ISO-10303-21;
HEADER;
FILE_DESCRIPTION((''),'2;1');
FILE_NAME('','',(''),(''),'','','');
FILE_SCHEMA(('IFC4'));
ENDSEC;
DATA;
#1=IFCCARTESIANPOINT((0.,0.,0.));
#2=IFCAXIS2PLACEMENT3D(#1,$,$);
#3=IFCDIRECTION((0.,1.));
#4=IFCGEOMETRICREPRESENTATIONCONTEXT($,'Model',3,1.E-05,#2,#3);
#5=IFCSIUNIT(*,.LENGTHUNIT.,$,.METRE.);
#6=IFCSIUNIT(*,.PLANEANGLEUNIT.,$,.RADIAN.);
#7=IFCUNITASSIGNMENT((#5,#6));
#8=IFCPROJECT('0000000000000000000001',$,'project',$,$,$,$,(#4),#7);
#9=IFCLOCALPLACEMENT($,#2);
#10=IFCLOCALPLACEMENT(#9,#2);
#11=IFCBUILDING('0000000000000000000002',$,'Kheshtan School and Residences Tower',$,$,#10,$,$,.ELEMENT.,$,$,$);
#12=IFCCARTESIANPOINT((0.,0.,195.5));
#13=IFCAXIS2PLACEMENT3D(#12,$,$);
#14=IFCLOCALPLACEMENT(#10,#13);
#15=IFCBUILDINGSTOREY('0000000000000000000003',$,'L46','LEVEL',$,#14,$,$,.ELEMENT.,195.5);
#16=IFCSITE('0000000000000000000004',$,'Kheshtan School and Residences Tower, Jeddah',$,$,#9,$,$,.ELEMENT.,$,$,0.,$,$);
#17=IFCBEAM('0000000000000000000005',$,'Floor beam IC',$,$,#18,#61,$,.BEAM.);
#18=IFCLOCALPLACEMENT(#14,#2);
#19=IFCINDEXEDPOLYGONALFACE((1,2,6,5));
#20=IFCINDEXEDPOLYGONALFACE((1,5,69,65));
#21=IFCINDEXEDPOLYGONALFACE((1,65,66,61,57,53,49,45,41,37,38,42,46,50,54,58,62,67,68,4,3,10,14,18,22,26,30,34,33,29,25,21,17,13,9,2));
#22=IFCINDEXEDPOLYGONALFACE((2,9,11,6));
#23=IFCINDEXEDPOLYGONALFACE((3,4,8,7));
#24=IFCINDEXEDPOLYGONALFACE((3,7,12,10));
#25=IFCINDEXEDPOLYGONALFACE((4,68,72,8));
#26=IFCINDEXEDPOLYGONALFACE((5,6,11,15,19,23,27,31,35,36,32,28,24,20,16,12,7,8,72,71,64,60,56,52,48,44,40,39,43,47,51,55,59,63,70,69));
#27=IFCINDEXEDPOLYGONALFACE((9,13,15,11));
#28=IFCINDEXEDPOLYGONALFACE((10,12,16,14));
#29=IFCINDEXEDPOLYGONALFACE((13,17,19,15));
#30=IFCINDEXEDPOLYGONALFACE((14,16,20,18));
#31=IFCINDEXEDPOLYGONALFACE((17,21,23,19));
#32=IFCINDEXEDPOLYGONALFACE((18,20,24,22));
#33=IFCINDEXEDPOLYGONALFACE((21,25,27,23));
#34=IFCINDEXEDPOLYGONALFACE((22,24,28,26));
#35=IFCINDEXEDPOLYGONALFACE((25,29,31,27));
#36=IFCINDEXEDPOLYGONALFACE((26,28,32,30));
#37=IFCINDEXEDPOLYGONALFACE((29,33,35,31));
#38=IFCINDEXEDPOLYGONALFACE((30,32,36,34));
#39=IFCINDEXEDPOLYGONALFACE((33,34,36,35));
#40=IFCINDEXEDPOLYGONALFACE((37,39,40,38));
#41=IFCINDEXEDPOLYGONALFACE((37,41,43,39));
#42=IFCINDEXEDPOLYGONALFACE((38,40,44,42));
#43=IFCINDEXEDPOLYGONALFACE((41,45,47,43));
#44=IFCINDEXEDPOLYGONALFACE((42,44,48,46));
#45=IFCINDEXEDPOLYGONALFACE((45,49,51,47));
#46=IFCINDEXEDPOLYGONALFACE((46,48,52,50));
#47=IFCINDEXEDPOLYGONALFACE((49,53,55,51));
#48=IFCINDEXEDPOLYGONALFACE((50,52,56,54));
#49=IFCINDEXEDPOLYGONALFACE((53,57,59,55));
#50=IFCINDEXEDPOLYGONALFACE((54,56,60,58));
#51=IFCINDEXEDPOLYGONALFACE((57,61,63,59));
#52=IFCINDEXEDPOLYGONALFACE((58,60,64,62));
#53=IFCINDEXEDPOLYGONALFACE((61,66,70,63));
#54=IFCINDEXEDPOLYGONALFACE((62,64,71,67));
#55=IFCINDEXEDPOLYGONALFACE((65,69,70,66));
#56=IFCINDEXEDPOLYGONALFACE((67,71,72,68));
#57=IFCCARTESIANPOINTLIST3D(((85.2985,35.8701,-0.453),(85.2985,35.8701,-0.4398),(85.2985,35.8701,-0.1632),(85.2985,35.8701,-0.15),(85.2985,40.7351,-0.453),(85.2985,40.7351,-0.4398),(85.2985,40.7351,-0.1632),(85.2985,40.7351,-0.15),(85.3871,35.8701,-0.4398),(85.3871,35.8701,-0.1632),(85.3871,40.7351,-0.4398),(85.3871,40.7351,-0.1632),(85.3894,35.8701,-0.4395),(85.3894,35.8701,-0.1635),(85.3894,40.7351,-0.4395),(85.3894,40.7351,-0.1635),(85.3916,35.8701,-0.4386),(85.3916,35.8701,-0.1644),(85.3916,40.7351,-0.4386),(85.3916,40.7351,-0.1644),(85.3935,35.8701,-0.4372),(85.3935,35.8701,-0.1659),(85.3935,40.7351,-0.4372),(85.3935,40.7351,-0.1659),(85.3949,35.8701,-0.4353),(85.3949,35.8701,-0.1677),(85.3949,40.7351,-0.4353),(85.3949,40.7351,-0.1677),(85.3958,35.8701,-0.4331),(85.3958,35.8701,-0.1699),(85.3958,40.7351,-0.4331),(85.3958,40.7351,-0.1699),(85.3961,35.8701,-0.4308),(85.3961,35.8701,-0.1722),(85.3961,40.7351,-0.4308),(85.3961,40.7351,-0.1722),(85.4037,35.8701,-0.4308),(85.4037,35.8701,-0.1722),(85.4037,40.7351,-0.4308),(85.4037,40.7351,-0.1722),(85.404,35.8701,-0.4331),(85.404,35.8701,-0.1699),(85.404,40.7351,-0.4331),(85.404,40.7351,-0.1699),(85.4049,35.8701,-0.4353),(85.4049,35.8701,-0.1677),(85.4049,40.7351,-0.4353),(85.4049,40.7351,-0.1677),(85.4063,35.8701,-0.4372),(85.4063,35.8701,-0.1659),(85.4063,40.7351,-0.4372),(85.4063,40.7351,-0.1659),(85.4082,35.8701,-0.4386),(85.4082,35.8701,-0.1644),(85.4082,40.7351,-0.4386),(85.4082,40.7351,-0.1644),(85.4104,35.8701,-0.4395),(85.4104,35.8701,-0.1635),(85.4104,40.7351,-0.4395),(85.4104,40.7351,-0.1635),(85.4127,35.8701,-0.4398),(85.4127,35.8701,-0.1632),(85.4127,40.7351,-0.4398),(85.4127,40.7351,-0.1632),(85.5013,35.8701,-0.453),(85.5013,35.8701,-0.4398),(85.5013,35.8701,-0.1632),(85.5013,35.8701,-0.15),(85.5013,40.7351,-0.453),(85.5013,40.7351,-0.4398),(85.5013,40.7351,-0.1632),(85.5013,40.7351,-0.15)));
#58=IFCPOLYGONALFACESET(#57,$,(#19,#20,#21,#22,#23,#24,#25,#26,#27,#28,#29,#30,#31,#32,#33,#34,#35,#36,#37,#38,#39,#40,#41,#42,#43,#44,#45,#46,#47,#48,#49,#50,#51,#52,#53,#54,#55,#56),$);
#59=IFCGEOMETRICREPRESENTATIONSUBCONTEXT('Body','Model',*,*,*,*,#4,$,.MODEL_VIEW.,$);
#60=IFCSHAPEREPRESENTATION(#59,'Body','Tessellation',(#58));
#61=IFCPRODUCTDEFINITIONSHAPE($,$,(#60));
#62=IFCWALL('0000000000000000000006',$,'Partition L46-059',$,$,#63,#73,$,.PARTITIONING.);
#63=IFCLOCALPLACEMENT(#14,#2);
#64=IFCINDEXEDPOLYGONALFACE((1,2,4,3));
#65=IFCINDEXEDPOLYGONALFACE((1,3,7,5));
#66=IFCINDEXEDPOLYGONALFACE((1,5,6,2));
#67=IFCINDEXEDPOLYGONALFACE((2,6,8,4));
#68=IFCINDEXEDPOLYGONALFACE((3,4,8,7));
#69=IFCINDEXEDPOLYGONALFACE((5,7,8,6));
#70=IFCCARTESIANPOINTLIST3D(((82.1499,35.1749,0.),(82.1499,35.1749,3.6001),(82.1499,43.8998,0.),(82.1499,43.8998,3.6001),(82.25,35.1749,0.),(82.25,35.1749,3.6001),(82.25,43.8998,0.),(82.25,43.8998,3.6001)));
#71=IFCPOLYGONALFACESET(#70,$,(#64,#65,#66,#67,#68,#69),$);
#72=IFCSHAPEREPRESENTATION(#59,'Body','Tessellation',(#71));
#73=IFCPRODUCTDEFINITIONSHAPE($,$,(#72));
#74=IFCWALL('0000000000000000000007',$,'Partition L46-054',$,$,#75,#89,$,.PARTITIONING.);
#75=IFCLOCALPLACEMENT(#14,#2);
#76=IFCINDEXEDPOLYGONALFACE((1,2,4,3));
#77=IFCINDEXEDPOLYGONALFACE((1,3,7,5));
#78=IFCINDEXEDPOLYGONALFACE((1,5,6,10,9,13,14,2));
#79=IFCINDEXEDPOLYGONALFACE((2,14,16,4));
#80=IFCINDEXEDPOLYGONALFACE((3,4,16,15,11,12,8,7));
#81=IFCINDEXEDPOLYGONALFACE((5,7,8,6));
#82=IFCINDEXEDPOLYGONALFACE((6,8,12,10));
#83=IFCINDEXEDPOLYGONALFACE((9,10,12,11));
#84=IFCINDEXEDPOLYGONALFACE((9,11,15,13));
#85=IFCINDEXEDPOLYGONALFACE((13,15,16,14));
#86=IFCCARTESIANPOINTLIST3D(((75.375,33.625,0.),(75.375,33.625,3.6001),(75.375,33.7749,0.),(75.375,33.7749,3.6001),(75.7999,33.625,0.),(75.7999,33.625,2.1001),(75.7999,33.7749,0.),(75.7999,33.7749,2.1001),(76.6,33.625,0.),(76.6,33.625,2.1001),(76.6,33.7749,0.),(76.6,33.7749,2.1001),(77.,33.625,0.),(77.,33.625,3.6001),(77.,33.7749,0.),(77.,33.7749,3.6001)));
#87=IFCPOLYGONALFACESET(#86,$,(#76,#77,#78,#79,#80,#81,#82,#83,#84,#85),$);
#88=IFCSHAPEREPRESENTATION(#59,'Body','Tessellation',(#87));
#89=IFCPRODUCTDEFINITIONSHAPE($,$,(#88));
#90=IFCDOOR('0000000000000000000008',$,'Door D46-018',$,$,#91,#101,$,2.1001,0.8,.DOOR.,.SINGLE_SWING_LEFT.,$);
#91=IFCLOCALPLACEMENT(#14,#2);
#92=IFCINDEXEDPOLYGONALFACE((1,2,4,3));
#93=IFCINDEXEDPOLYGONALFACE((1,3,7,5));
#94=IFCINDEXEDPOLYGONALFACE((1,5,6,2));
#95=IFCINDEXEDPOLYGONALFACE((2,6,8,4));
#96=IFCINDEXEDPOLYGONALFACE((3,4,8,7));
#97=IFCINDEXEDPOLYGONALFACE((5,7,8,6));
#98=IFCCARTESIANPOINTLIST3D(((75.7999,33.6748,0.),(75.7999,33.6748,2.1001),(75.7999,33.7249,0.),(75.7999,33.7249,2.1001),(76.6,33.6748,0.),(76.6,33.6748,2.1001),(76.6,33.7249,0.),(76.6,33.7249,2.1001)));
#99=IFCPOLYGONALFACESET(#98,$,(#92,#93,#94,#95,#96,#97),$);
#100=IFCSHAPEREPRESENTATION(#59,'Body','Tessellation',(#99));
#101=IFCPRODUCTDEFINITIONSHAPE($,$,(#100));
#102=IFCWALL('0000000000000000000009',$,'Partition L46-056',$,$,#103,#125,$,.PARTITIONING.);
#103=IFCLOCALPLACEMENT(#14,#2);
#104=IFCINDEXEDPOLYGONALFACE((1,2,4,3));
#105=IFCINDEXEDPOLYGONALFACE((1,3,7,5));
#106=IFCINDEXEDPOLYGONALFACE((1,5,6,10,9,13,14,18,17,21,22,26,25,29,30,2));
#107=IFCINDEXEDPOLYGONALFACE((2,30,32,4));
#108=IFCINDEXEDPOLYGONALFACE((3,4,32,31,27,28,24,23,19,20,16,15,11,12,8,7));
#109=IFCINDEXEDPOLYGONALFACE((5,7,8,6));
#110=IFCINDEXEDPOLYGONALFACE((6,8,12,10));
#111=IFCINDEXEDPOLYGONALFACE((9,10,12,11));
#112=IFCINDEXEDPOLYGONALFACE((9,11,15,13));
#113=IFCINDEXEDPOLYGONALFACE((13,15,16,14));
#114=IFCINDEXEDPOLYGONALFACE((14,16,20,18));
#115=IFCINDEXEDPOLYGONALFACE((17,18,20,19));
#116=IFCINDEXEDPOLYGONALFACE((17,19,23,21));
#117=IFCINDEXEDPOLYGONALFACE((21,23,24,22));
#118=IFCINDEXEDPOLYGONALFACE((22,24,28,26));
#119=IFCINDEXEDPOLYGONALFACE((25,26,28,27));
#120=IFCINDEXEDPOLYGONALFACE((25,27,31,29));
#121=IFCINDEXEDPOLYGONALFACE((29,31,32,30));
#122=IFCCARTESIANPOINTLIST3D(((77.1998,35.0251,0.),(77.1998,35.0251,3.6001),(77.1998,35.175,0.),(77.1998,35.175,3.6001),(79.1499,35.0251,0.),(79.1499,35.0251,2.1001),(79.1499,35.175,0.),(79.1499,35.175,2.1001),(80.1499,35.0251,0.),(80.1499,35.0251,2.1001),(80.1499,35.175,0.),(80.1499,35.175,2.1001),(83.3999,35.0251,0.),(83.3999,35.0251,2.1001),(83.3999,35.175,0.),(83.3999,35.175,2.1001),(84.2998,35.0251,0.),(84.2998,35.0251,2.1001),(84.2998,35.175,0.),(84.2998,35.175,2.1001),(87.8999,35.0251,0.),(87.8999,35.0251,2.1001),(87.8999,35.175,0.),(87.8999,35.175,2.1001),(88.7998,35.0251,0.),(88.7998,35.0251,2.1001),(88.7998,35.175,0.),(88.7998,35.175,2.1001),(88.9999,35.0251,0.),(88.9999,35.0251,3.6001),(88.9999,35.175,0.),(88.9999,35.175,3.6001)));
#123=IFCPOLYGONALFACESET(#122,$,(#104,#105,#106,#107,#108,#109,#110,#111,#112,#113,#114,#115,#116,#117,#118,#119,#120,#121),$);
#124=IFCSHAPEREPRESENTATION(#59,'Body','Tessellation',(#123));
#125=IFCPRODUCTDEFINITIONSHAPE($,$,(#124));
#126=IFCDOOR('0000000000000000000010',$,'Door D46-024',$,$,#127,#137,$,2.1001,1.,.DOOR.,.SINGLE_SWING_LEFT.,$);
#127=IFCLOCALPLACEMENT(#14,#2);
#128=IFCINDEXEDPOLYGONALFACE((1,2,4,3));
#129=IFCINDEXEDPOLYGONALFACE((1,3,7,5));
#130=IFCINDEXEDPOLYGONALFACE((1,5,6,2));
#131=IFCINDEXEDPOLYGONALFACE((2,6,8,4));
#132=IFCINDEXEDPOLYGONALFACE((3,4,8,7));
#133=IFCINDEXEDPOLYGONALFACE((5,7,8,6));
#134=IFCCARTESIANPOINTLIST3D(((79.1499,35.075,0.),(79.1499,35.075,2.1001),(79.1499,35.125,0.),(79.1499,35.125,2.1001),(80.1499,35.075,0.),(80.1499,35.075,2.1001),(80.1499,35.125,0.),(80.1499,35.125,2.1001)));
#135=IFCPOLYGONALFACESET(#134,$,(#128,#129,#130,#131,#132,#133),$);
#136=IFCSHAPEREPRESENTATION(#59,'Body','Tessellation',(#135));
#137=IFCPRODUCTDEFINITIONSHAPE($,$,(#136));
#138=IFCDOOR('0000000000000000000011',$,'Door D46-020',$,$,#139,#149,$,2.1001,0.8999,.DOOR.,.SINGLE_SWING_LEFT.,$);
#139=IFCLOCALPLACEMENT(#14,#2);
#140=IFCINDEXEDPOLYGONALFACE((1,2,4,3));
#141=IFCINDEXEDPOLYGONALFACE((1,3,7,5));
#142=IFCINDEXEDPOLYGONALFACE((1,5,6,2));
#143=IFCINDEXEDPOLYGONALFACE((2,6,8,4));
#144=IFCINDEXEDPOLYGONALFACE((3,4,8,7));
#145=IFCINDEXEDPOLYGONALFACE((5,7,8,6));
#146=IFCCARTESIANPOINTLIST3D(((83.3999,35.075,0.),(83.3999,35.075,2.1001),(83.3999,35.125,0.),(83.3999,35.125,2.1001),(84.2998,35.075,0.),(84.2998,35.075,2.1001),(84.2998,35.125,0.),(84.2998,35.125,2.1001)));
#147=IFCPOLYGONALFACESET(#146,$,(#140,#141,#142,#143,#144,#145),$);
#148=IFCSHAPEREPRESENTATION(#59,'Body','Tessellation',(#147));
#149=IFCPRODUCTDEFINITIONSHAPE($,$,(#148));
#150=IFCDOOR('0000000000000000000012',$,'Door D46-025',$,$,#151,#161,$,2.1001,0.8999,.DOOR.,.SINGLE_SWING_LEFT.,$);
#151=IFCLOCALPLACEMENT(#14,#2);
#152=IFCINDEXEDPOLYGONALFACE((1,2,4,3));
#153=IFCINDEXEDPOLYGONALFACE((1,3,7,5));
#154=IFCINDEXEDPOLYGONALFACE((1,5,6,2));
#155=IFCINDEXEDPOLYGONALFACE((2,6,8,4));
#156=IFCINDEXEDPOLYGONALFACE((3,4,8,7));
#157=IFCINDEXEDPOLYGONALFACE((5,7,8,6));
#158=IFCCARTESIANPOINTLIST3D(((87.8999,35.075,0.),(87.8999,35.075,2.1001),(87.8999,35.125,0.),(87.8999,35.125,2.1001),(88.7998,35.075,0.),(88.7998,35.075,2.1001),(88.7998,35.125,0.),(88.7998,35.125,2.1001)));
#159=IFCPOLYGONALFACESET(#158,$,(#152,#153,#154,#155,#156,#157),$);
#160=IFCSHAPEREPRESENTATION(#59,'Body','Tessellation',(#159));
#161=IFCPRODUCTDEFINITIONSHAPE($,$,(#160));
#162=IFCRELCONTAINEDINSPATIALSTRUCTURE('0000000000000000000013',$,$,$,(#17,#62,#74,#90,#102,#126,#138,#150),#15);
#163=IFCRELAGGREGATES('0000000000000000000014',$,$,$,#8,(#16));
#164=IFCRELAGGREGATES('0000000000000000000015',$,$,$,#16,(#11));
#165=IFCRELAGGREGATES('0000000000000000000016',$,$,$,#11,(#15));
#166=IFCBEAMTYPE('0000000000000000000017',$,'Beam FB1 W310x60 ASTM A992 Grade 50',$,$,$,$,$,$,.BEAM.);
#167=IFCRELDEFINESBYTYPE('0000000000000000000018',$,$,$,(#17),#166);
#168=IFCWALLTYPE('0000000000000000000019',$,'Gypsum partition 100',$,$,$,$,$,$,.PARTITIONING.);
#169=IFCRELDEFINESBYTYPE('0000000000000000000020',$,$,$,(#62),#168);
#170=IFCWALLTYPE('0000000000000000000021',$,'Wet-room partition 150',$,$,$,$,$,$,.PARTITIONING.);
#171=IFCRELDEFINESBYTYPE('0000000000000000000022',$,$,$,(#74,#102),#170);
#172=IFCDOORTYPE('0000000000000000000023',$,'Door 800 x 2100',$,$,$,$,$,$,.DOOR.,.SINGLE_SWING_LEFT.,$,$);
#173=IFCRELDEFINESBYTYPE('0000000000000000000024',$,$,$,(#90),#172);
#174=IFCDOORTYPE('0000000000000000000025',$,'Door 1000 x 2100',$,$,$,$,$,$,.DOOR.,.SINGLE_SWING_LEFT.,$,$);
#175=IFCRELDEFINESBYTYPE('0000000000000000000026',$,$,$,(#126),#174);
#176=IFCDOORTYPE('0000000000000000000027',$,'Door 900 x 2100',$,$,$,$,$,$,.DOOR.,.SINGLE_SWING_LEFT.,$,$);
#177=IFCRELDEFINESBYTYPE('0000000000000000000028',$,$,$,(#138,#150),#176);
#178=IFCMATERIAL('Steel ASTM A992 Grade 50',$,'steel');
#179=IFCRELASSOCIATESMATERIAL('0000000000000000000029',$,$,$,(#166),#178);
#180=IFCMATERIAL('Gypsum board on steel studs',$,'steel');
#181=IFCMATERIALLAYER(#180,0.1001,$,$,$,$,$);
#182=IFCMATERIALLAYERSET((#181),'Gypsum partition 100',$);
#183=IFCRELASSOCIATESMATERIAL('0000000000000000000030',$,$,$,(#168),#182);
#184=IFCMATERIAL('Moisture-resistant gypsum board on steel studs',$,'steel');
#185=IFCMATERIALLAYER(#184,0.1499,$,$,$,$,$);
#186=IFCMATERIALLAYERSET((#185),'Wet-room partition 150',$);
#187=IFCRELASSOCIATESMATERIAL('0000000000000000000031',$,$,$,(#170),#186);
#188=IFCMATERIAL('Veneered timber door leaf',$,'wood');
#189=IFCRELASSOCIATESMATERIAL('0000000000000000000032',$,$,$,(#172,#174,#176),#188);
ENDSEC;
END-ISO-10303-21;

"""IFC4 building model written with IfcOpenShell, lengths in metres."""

from ifc_helpers import new_model, si_unit, direction, frame, frame_2d, origin, origin_2d, place, context, subcontext, project, spatial, rectangle, i_section, extrude, source, transform, mapped, material, layer, layer_set, material_profile, profile_set, type_object, element, fill, save


model = new_model("IFC4")

# Units and contexts
model_context = context("Model", 3, precision=1e-05, world=origin(), true_north=direction((0.0, 1.0)))
body_context = subcontext(model_context, "Body", "Model", "MODEL_VIEW")
ifc_project = project(units=[si_unit("LENGTHUNIT", "METRE"), si_unit("PLANEANGLEUNIT", "RADIAN")], contexts=[model_context])

# Site, building, storey
site_placement = place(None, origin())
site = spatial("IfcSite", under=ifc_project, at=site_placement, Name="Kheshtan School and Residences Tower, Jeddah", CompositionType="ELEMENT", RefElevation=0.0)
building_placement = place(site_placement, origin())
building = spatial("IfcBuilding", under=site, at=building_placement, Name="Kheshtan School and Residences Tower", CompositionType="ELEMENT")
storey_placement = place(building_placement, frame((0.0, 0.0, 195.5)))
storey = spatial("IfcBuildingStorey", under=building, at=storey_placement, Name="L46", Description="LEVEL", CompositionType="ELEMENT", Elevation=195.5)

# Beam
ifc_material_1 = material(Name="Steel ASTM A992 Grade 50", Category="steel")
ifc_material_profile_1 = material_profile(ifc_material_1, i_section(OverallWidth=0.2029, OverallDepth=0.303, WebThickness=0.0076, FlangeThickness=0.0132, FilletRadius=0.009, at=origin_2d()), Name="W310x60")
ifc_profile_set_1 = profile_set([ifc_material_profile_1], Name="Steel ASTM A992 Grade 50")
beam_type = type_object("IfcBeamType", Name="Beam FB1 W310x60 ASTM A992 Grade 50", PredefinedType="BEAM", material=ifc_profile_set_1)
beam_1_placement = place(storey_placement, frame((85.3999, 40.7351, -0.3015), z_axis=(0.0, -1.0, 0.0), x_axis=(1.0, 0.0, 0.0)))
element("IfcBeam", 1, at=beam_1_placement, inside=storey, type_object=beam_type, Name="Floor beam IC", PredefinedType="BEAM", context=body_context, shape_type="SweptSolid", body=[
    extrude(i_section(OverallWidth=0.2029, OverallDepth=0.303, WebThickness=0.0076, FlangeThickness=0.0132, FilletRadius=0.009, at=origin_2d()), origin(), (0.0, 0.0, 1.0), 4.865),
])

# Wall
ifc_material_2 = material(Name="Gypsum board on steel studs", Category="steel")
ifc_layer_1 = layer(ifc_material_2, 0.1001)
ifc_layer_set_1 = layer_set([ifc_layer_1], Name="Gypsum partition 100")
wall_type_1 = type_object("IfcWallType", Name="Gypsum partition 100", PredefinedType="PARTITIONING", material=ifc_layer_set_1)
wall_1_placement = place(storey_placement, frame((82.2, 35.175, 0.0), z_axis=(0.0, 0.0, 1.0), x_axis=(0.0, 1.0, 0.0)))
element("IfcWall", 2, at=wall_1_placement, inside=storey, type_object=wall_type_1, Name="Partition L46-059", PredefinedType="PARTITIONING", context=body_context, shape_type="SweptSolid", body=[
    extrude(rectangle(XDim=8.7249, YDim=0.1001, at=frame_2d((4.3623, 0.0))), origin(), (0.0, 0.0, 1.0), 3.6001),
])

# Wall, opening, door
ifc_material_3 = material(Name="Moisture-resistant gypsum board on steel studs", Category="steel")
ifc_layer_2 = layer(ifc_material_3, 0.1499)
ifc_layer_set_2 = layer_set([ifc_layer_2], Name="Wet-room partition 150")
wall_type_2 = type_object("IfcWallType", Name="Wet-room partition 150", PredefinedType="PARTITIONING", material=ifc_layer_set_2)
wall_2_placement = place(storey_placement, frame((75.375, 33.7, 0.0), z_axis=(0.0, 0.0, 1.0), x_axis=(1.0, 0.0, 0.0)))
wall_2 = element("IfcWall", 3, at=wall_2_placement, inside=storey, type_object=wall_type_2, Name="Partition L46-054", PredefinedType="PARTITIONING", context=body_context, shape_type="SweptSolid", body=[
    extrude(rectangle(XDim=1.625, YDim=0.1499, at=frame_2d((0.8125, 0.0))), origin(), (0.0, 0.0, 1.0), 3.6001),
])
opening_1_placement = place(wall_2_placement, frame((0.425, 0.0, 0.0)))
opening_1 = element("IfcOpeningElement", 4, at=opening_1_placement, cuts=wall_2, PredefinedType="OPENING", context=body_context, shape_type="SweptSolid", body=[
    extrude(rectangle(XDim=0.8, YDim=2.1001, at=frame_2d((0.3999, 1.05))), frame((0.0, 0.085, 0.0), z_axis=(0.0, -1.0, 0.0), x_axis=(1.0, 0.0, 0.0)), (0.0, 0.0, 1.0), 0.1699),
])
ifc_material_4 = material(Name="Veneered timber door leaf", Category="wood")
door_type_1 = type_object("IfcDoorType", Name="Door 800 x 2100", OperationType="SINGLE_SWING_LEFT", PredefinedType="DOOR", material=ifc_material_4)
shared_shape_1 = source(origin(), body_context, "Body", "SweptSolid", [
    extrude(rectangle(XDim=0.8, YDim=2.1001, at=frame_2d((0.3999, 1.05))), frame((0.0, 0.0249, 0.0), z_axis=(0.0, -1.0, 0.0), x_axis=(1.0, 0.0, 0.0)), (0.0, 0.0, 1.0), 0.05),
])
door_1_placement = place(opening_1_placement, origin())
door_1 = element("IfcDoor", 5, at=door_1_placement, inside=storey, type_object=door_type_1, Name="Door D46-018", OperationType="SINGLE_SWING_LEFT", OverallHeight=2.1001, OverallWidth=0.8, PredefinedType="DOOR", context=body_context, shape_type="MappedRepresentation", body=[
    mapped(shared_shape_1, transform((0.0, 0.0, 0.0), x_axis=(1.0, 0.0, 0.0), y_axis=(0.0, 1.0, 0.0), z_axis=(0.0, 0.0, 1.0), scale=1.0)),
])
fill(opening_1, door_1)

# Wall, openings, doors
wall_3_placement = place(storey_placement, frame((77.2, 35.1001, 0.0), z_axis=(0.0, 0.0, 1.0), x_axis=(1.0, 0.0, 0.0)))
wall_3 = element("IfcWall", 6, at=wall_3_placement, inside=storey, type_object=wall_type_2, Name="Partition L46-056", PredefinedType="PARTITIONING", context=body_context, shape_type="SweptSolid", body=[
    extrude(rectangle(XDim=11.8, YDim=0.1499, at=frame_2d((5.8999, 0.0))), origin(), (0.0, 0.0, 1.0), 3.6001),
])
opening_2_placement = place(wall_3_placement, frame((6.2, 0.0, 0.0)))
opening_2 = element("IfcOpeningElement", 7, at=opening_2_placement, cuts=wall_3, PredefinedType="OPENING", context=body_context, shape_type="SweptSolid", body=[
    extrude(rectangle(XDim=0.8999, YDim=2.1001, at=frame_2d((0.45, 1.05))), frame((0.0, 0.085, 0.0), z_axis=(0.0, -1.0, 0.0), x_axis=(1.0, 0.0, 0.0)), (0.0, 0.0, 1.0), 0.1699),
])
opening_3_placement = place(wall_3_placement, frame((1.95, 0.0, 0.0)))
opening_3 = element("IfcOpeningElement", 8, at=opening_3_placement, cuts=wall_3, PredefinedType="OPENING", context=body_context, shape_type="SweptSolid", body=[
    extrude(rectangle(XDim=1.0, YDim=2.1001, at=frame_2d((0.5, 1.05))), frame((0.0, 0.085, 0.0), z_axis=(0.0, -1.0, 0.0), x_axis=(1.0, 0.0, 0.0)), (0.0, 0.0, 1.0), 0.1699),
])
opening_4_placement = place(wall_3_placement, frame((10.7, 0.0, 0.0)))
opening_4 = element("IfcOpeningElement", 9, at=opening_4_placement, cuts=wall_3, PredefinedType="OPENING", context=body_context, shape_type="SweptSolid", body=[
    extrude(rectangle(XDim=0.8999, YDim=2.1001, at=frame_2d((0.45, 1.05))), frame((0.0, 0.085, 0.0), z_axis=(0.0, -1.0, 0.0), x_axis=(1.0, 0.0, 0.0)), (0.0, 0.0, 1.0), 0.1699),
])
door_type_2 = type_object("IfcDoorType", Name="Door 1000 x 2100", OperationType="SINGLE_SWING_LEFT", PredefinedType="DOOR", material=ifc_material_4)
shared_shape_2 = source(origin(), body_context, "Body", "SweptSolid", [
    extrude(rectangle(XDim=1.0, YDim=2.1001, at=frame_2d((0.5, 1.05))), frame((0.0, 0.0249, 0.0), z_axis=(0.0, -1.0, 0.0), x_axis=(1.0, 0.0, 0.0)), (0.0, 0.0, 1.0), 0.05),
])
door_2_placement = place(opening_3_placement, origin())
door_2 = element("IfcDoor", 10, at=door_2_placement, inside=storey, type_object=door_type_2, Name="Door D46-024", OperationType="SINGLE_SWING_LEFT", OverallHeight=2.1001, OverallWidth=1.0, PredefinedType="DOOR", context=body_context, shape_type="MappedRepresentation", body=[
    mapped(shared_shape_2, transform((0.0, 0.0, 0.0), x_axis=(1.0, 0.0, 0.0), y_axis=(0.0, 1.0, 0.0), z_axis=(0.0, 0.0, 1.0), scale=1.0)),
])
fill(opening_3, door_2)
door_type_3 = type_object("IfcDoorType", Name="Door 900 x 2100", OperationType="SINGLE_SWING_LEFT", PredefinedType="DOOR", material=ifc_material_4)
shared_shape_3 = source(origin(), body_context, "Body", "SweptSolid", [
    extrude(rectangle(XDim=0.8999, YDim=2.1001, at=frame_2d((0.45, 1.05))), frame((0.0, 0.0249, 0.0), z_axis=(0.0, -1.0, 0.0), x_axis=(1.0, 0.0, 0.0)), (0.0, 0.0, 1.0), 0.05),
])
door_3_placement = place(opening_2_placement, origin())
door_3 = element("IfcDoor", 11, at=door_3_placement, inside=storey, type_object=door_type_3, Name="Door D46-020", OperationType="SINGLE_SWING_LEFT", OverallHeight=2.1001, OverallWidth=0.8999, PredefinedType="DOOR", context=body_context, shape_type="MappedRepresentation", body=[
    mapped(shared_shape_3, transform((0.0, 0.0, 0.0), x_axis=(1.0, 0.0, 0.0), y_axis=(0.0, 1.0, 0.0), z_axis=(0.0, 0.0, 1.0), scale=1.0)),
])
fill(opening_2, door_3)
door_4_placement = place(opening_4_placement, origin())
door_4 = element("IfcDoor", 12, at=door_4_placement, inside=storey, type_object=door_type_3, Name="Door D46-025", OperationType="SINGLE_SWING_LEFT", OverallHeight=2.1001, OverallWidth=0.8999, PredefinedType="DOOR", context=body_context, shape_type="MappedRepresentation", body=[
    mapped(shared_shape_3, transform((0.0, 0.0, 0.0), x_axis=(1.0, 0.0, 0.0), y_axis=(0.0, 1.0, 0.0), z_axis=(0.0, 0.0, 1.0), scale=1.0)),
])
fill(opening_4, door_4)

save(model, "model.ifc")
